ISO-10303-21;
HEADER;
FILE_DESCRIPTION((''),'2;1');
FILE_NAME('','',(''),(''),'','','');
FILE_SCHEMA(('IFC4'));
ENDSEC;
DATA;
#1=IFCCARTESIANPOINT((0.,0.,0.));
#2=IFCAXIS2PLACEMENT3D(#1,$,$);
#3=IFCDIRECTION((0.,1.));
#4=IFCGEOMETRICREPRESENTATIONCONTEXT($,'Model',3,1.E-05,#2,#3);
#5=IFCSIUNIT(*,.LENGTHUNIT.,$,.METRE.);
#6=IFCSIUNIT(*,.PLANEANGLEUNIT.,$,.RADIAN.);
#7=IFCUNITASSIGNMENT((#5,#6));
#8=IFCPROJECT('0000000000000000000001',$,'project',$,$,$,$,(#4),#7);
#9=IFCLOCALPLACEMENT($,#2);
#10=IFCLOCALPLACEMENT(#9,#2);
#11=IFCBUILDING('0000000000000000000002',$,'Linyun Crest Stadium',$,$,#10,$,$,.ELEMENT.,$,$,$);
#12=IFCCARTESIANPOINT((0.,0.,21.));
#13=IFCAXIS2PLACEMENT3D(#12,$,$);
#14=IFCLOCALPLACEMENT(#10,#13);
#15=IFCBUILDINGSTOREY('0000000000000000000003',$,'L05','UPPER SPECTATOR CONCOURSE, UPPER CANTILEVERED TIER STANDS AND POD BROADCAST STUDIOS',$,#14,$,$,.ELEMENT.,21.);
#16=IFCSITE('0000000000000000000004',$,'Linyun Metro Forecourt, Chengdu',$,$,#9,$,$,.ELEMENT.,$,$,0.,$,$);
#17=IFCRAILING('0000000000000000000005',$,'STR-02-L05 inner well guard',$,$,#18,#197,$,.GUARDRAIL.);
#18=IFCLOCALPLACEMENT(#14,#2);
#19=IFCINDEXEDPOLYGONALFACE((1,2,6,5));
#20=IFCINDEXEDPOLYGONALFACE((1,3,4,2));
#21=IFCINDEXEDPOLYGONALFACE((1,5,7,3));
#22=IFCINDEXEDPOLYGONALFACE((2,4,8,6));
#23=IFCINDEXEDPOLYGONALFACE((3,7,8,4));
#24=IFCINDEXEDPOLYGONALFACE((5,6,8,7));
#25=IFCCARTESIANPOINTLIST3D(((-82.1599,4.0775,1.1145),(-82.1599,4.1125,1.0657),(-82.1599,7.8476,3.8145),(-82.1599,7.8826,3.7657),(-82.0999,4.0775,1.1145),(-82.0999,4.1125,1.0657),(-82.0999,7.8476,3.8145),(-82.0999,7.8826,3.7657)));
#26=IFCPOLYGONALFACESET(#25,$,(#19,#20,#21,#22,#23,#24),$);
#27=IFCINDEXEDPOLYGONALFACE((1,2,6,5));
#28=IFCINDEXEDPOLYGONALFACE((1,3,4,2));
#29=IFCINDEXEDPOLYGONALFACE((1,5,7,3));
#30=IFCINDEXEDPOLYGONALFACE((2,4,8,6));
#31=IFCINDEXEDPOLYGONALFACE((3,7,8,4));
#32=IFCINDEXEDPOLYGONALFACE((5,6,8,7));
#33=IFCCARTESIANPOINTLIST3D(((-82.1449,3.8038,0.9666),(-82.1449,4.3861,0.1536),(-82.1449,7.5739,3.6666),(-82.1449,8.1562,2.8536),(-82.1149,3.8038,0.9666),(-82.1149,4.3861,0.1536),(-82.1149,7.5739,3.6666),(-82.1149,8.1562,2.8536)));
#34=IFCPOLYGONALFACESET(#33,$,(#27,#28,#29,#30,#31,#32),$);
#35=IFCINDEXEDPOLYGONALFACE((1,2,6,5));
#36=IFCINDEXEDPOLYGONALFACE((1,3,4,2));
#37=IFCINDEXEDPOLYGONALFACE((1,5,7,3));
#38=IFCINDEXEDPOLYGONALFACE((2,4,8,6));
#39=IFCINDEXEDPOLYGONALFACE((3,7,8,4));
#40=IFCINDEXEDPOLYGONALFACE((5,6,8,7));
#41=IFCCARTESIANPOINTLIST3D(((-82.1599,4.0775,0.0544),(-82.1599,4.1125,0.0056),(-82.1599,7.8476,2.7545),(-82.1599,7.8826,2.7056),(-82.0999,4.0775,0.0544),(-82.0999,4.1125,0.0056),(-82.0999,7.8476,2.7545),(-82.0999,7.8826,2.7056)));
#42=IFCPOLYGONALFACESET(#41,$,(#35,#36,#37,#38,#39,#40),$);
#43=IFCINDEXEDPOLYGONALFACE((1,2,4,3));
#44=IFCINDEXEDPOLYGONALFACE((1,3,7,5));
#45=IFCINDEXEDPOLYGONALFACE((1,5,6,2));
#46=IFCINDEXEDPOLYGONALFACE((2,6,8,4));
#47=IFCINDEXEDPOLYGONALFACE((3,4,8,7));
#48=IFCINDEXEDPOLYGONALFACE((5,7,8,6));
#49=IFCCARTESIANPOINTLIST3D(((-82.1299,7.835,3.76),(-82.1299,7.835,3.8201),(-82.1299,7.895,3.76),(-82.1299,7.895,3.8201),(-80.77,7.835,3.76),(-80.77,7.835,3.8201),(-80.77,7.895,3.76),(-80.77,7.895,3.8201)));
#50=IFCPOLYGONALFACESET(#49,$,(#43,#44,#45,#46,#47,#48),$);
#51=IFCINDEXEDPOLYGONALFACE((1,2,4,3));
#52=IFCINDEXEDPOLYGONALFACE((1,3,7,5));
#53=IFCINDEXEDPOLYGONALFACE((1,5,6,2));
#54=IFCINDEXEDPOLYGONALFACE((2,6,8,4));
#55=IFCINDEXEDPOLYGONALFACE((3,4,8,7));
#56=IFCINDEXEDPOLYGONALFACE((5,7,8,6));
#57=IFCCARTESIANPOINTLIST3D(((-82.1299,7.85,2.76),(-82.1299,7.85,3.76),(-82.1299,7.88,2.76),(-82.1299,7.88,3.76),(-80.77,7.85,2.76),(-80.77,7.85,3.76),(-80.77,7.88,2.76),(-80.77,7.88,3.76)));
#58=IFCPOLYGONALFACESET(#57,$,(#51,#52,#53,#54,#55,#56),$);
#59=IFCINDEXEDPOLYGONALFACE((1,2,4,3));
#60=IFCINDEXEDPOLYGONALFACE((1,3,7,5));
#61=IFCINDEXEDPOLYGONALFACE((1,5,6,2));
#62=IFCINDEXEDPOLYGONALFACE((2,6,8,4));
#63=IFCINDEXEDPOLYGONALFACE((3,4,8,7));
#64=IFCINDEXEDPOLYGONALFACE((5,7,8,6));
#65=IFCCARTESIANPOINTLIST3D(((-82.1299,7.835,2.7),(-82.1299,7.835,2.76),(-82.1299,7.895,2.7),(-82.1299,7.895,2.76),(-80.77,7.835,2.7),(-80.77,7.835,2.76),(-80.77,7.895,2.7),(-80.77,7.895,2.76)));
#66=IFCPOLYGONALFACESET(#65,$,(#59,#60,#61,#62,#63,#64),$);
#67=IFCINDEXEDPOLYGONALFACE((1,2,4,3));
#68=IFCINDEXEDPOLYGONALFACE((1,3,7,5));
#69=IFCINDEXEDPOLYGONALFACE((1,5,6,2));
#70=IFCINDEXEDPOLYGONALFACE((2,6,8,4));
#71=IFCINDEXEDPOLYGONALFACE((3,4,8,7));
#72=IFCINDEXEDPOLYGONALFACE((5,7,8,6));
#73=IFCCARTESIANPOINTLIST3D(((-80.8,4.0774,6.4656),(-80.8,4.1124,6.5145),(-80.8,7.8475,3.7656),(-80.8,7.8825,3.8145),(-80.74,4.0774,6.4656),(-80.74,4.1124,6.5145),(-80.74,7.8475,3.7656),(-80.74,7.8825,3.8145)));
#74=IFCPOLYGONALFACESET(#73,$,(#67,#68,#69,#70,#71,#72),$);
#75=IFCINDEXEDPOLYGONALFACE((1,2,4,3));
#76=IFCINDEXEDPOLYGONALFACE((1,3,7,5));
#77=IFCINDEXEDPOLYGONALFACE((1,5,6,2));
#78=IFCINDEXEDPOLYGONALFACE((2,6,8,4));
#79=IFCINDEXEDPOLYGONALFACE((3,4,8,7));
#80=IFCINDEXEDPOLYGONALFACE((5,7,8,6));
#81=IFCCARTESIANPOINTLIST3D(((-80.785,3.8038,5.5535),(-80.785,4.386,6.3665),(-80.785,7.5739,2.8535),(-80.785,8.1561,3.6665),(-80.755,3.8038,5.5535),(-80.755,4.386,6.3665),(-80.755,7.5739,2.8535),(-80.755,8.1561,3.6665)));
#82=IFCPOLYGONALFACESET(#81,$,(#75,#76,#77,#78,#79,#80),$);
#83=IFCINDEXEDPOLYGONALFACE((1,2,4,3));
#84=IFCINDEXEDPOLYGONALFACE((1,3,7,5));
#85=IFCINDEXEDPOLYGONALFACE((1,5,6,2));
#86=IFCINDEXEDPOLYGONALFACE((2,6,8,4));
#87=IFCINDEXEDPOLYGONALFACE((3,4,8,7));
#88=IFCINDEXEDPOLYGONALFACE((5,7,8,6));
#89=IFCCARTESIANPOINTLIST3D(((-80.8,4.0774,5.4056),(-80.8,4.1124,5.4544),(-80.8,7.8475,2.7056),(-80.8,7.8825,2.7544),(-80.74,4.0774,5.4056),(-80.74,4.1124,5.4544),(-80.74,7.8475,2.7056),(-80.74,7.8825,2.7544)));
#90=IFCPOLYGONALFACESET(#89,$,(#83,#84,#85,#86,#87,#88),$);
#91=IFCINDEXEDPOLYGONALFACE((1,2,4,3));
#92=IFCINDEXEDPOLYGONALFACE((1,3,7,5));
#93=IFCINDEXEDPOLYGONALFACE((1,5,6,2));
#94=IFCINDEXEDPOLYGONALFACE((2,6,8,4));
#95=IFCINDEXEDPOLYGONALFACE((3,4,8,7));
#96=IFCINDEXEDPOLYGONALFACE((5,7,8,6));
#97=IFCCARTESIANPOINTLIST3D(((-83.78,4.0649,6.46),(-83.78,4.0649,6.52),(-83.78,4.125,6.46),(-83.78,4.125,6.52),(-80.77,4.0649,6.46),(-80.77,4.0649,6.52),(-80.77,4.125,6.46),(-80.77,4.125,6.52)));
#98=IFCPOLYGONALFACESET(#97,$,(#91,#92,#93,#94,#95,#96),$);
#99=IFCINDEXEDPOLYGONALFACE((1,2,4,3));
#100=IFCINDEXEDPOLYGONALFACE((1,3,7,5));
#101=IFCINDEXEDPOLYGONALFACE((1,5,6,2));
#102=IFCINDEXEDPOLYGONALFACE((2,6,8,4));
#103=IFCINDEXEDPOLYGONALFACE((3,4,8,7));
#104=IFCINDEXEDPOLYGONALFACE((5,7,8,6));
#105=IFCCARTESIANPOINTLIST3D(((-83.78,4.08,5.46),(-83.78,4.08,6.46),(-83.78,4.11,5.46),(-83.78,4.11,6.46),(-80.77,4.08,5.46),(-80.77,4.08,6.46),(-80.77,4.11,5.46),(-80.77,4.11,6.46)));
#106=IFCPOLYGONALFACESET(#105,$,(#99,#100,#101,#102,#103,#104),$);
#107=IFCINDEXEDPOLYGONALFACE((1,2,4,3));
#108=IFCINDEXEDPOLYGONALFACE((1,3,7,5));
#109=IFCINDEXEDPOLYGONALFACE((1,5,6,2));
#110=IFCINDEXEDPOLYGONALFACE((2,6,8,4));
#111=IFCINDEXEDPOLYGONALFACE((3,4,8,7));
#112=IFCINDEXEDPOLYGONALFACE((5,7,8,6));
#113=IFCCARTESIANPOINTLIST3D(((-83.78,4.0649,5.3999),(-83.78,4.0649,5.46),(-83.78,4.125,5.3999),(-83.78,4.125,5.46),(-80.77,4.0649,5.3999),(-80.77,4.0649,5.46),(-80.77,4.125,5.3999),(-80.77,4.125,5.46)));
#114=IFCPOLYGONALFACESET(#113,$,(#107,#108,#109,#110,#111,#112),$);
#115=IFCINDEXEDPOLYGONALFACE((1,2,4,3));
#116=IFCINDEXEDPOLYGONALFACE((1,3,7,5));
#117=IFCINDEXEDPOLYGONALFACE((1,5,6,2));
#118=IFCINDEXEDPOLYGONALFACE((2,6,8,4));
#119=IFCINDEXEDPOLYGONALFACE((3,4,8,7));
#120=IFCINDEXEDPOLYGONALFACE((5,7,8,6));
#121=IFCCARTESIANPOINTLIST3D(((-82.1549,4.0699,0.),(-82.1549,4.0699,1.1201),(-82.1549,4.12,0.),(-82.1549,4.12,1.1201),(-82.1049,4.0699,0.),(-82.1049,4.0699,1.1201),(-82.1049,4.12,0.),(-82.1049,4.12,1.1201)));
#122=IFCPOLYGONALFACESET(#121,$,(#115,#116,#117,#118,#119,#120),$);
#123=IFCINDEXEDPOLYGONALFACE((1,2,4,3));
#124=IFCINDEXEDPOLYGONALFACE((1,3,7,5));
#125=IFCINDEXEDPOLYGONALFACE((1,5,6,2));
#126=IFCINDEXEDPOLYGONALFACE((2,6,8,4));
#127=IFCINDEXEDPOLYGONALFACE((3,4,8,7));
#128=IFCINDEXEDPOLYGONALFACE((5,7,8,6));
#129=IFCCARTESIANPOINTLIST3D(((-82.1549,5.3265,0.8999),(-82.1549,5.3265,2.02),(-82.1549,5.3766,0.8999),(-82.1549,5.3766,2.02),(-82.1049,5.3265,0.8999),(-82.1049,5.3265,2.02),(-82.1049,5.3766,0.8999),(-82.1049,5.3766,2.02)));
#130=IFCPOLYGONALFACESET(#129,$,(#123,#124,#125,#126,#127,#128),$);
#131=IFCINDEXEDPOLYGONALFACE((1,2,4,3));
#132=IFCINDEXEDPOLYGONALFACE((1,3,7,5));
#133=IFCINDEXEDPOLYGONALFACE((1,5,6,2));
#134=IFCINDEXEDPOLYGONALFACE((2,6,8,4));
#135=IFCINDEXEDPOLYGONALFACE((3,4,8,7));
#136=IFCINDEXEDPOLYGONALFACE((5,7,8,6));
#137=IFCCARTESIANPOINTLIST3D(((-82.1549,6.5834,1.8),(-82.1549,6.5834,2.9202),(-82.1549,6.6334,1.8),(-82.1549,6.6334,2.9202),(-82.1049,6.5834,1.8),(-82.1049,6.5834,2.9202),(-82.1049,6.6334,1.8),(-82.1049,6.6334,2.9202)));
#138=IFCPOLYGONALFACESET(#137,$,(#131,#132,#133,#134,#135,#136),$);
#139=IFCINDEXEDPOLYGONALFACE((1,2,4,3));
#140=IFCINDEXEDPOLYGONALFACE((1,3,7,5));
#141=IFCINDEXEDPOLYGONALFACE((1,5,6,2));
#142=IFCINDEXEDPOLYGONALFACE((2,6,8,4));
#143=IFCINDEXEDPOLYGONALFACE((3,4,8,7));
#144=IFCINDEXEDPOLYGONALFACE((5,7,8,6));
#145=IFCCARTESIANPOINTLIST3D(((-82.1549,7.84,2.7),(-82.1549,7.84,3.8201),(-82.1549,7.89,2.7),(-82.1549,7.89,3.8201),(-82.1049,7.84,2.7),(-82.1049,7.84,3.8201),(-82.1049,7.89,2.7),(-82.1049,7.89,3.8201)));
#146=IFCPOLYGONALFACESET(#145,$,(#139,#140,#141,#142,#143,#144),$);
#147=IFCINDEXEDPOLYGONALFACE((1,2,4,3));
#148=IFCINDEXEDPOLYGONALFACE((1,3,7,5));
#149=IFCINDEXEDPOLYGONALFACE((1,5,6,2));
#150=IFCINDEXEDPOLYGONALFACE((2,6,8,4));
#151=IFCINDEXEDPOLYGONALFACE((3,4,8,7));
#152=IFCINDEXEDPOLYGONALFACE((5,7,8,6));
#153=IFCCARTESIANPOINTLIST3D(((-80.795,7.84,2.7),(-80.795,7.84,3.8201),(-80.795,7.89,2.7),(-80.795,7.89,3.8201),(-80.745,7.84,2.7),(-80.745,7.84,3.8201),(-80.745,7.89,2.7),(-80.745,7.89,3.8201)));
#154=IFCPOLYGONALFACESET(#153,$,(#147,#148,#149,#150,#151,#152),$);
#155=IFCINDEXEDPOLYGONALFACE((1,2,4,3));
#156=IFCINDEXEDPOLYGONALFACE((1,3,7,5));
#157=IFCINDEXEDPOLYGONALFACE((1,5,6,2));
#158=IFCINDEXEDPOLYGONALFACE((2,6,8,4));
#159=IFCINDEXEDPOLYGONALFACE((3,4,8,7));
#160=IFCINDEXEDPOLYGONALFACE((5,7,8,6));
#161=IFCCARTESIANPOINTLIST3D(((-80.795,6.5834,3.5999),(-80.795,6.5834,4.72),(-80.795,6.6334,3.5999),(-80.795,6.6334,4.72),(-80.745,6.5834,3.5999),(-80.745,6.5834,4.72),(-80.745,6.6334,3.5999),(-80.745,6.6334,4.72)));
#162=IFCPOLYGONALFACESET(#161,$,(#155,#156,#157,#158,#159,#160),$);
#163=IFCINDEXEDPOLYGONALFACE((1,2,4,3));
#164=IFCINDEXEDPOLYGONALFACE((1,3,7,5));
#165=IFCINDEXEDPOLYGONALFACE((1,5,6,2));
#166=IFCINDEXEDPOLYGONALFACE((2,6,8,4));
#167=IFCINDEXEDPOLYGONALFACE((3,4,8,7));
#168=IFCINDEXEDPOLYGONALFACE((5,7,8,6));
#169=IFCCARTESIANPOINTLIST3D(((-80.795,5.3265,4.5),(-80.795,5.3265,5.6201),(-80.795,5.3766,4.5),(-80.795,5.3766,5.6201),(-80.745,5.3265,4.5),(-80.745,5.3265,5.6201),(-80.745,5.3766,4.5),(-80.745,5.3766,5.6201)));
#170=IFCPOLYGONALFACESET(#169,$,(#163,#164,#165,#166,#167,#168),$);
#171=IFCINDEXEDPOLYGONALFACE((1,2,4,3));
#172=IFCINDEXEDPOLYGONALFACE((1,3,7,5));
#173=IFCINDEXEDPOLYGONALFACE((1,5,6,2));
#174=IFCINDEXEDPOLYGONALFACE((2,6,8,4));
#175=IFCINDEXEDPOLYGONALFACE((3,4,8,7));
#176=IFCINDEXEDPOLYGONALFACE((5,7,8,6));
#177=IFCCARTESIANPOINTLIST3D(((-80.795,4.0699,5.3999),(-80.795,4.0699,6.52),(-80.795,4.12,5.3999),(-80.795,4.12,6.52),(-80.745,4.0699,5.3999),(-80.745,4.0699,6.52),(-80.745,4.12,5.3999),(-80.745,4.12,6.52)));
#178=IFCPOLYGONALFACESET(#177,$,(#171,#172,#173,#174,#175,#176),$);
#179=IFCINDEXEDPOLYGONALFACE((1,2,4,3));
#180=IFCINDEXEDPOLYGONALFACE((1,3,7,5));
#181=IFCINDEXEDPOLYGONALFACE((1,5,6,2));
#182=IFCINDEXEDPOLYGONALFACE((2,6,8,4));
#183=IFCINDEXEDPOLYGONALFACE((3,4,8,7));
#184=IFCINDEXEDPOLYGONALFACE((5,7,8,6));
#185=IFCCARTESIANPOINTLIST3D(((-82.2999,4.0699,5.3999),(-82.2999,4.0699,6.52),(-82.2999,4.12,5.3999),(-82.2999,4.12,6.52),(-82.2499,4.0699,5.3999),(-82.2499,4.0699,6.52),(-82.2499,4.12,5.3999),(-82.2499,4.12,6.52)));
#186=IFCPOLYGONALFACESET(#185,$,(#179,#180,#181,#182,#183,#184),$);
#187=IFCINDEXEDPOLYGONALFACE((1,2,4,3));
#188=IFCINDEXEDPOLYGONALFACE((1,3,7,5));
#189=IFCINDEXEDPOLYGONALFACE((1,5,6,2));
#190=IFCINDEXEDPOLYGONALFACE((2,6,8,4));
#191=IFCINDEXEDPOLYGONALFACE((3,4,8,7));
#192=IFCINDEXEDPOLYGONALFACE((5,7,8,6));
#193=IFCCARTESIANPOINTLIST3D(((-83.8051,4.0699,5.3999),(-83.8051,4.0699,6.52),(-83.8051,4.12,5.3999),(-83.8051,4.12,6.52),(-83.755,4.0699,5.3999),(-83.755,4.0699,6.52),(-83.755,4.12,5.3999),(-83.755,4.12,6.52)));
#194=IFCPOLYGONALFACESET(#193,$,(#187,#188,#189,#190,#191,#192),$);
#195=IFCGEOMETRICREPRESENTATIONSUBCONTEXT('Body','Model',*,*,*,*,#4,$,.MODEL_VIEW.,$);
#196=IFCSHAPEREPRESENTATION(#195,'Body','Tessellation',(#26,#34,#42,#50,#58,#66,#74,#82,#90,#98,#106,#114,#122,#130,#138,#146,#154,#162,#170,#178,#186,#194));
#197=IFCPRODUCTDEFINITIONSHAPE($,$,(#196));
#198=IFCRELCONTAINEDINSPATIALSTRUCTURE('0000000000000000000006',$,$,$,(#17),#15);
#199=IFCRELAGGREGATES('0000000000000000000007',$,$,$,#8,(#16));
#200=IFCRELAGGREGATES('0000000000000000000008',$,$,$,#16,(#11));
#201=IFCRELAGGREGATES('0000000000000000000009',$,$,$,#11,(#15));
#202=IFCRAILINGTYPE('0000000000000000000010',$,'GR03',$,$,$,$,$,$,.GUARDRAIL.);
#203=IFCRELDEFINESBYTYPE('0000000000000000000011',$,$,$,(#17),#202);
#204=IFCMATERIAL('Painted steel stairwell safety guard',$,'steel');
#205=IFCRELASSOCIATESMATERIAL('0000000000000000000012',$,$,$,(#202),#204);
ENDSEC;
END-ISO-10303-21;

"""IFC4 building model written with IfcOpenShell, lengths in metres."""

from ifc_helpers import new_model, si_unit, direction, frame, origin, origin_2d, place, context, subcontext, project, spatial, rectangle, extrude, material, type_object, element, save


model = new_model("IFC4")

# Units and contexts
model_context = context("Model", 3, precision=1e-05, world=origin(), true_north=direction((0.0, 1.0)))
body_context = subcontext(model_context, "Body", "Model", "MODEL_VIEW")
ifc_project = project(units=[si_unit("LENGTHUNIT", "METRE"), si_unit("PLANEANGLEUNIT", "RADIAN")], contexts=[model_context])

# Site, building, storey
site_placement = place(None, origin())
site = spatial("IfcSite", under=ifc_project, at=site_placement, Name="Linyun Metro Forecourt, Chengdu", CompositionType="ELEMENT", RefElevation=0.0)
building_placement = place(site_placement, origin())
building = spatial("IfcBuilding", under=site, at=building_placement, Name="Linyun Crest Stadium", CompositionType="ELEMENT")
storey_placement = place(building_placement, frame((0.0, 0.0, 21.0)))
storey = spatial("IfcBuildingStorey", under=building, at=storey_placement, Name="L05", Description="UPPER SPECTATOR CONCOURSE, UPPER CANTILEVERED TIER STANDS AND POD BROADCAST STUDIOS", CompositionType="ELEMENT", Elevation=21.0)

# Railing
ifc_material_1 = material(Name="Painted steel stairwell safety guard", Category="steel")
railing_type_1 = type_object("IfcRailingType", Name="GR03", PredefinedType="GUARDRAIL", material=ifc_material_1)
railing_1_placement = place(storey_placement, frame((-82.1299, 4.095, 0.0)))
element("IfcRailing", 1, at=railing_1_placement, inside=storey, type_object=railing_type_1, Name="STR-02-L05 inner well guard", PredefinedType="GUARDRAIL", context=body_context, shape_type="SweptSolid", body=[
    extrude(rectangle(XDim=0.0601, YDim=0.0601, at=origin_2d()), frame((0.0, 0.0, 1.0901), z_axis=(0.0, 0.813011, 0.582249), x_axis=(-1.0, 0.0, 0.0)), (0.0, 0.0, 1.0), 4.6372),
    extrude(rectangle(XDim=0.03, YDim=1.0, at=origin_2d()), frame((0.0, 0.0, 0.5601), z_axis=(0.0, 0.813011, 0.582249), x_axis=(-1.0, 0.0, 0.0)), (0.0, 0.0, 1.0), 4.6372),
    extrude(rectangle(XDim=0.0601, YDim=0.0601, at=origin_2d()), frame((0.0, 0.0, 0.03), z_axis=(0.0, 0.813011, 0.582249), x_axis=(-1.0, 0.0, 0.0)), (0.0, 0.0, 1.0), 4.6372),
    extrude(rectangle(XDim=0.0601, YDim=0.0601, at=origin_2d()), frame((0.0, 3.77, 3.79), z_axis=(1.0, 0.0, 0.0), x_axis=(0.0, 1.0, 0.0)), (0.0, 0.0, 1.0), 1.3599),
    extrude(rectangle(XDim=0.03, YDim=1.0, at=origin_2d()), frame((0.0, 3.77, 3.26), z_axis=(1.0, 0.0, 0.0), x_axis=(0.0, 1.0, 0.0)), (0.0, 0.0, 1.0), 1.3599),
    extrude(rectangle(XDim=0.0601, YDim=0.0601, at=origin_2d()), frame((0.0, 3.77, 2.73), z_axis=(1.0, 0.0, 0.0), x_axis=(0.0, 1.0, 0.0)), (0.0, 0.0, 1.0), 1.3599),
    extrude(rectangle(XDim=0.0601, YDim=0.0601, at=origin_2d()), frame((1.3599, 3.77, 3.79), z_axis=(0.0, -0.813011, 0.582249), x_axis=(1.0, 0.0, 0.0)), (0.0, 0.0, 1.0), 4.6372),
    extrude(rectangle(XDim=0.03, YDim=1.0, at=origin_2d()), frame((1.3599, 3.77, 3.26), z_axis=(0.0, -0.813011, 0.582249), x_axis=(1.0, 0.0, 0.0)), (0.0, 0.0, 1.0), 4.6372),
    extrude(rectangle(XDim=0.0601, YDim=0.0601, at=origin_2d()), frame((1.3599, 3.77, 2.73), z_axis=(0.0, -0.813011, 0.582249), x_axis=(1.0, 0.0, 0.0)), (0.0, 0.0, 1.0), 4.6372),
    extrude(rectangle(XDim=0.0601, YDim=0.0601, at=origin_2d()), frame((1.3599, 0.0, 6.49), z_axis=(-1.0, 0.0, 0.0), x_axis=(0.0, -1.0, 0.0)), (0.0, 0.0, 1.0), 3.01),
    extrude(rectangle(XDim=0.03, YDim=1.0, at=origin_2d()), frame((1.3599, 0.0, 5.96), z_axis=(-1.0, 0.0, 0.0), x_axis=(0.0, -1.0, 0.0)), (0.0, 0.0, 1.0), 3.01),
    extrude(rectangle(XDim=0.0601, YDim=0.0601, at=origin_2d()), frame((1.3599, 0.0, 5.4299), z_axis=(-1.0, 0.0, 0.0), x_axis=(0.0, -1.0, 0.0)), (0.0, 0.0, 1.0), 3.01),
    extrude(rectangle(XDim=0.05, YDim=0.05, at=origin_2d()), origin(), (0.0, 0.0, 1.0), 1.1201),
    extrude(rectangle(XDim=0.05, YDim=0.05, at=origin_2d()), frame((0.0, 1.2566, 0.8999)), (0.0, 0.0, 1.0), 1.1201),
    extrude(rectangle(XDim=0.05, YDim=0.05, at=origin_2d()), frame((0.0, 2.5134, 1.8)), (0.0, 0.0, 1.0), 1.1201),
    extrude(rectangle(XDim=0.05, YDim=0.05, at=origin_2d()), frame((0.0, 3.77, 2.7)), (0.0, 0.0, 1.0), 1.1201),
    extrude(rectangle(XDim=0.05, YDim=0.05, at=origin_2d()), frame((1.3599, 3.77, 2.7)), (0.0, 0.0, 1.0), 1.1201),
    extrude(rectangle(XDim=0.05, YDim=0.05, at=origin_2d()), frame((1.3599, 2.5134, 3.5999)), (0.0, 0.0, 1.0), 1.1201),
    extrude(rectangle(XDim=0.05, YDim=0.05, at=origin_2d()), frame((1.3599, 1.2566, 4.5)), (0.0, 0.0, 1.0), 1.1201),
    extrude(rectangle(XDim=0.05, YDim=0.05, at=origin_2d()), frame((1.3599, 0.0, 5.3999)), (0.0, 0.0, 1.0), 1.1201),
    extrude(rectangle(XDim=0.05, YDim=0.05, at=origin_2d()), frame((-0.145, 0.0, 5.3999)), (0.0, 0.0, 1.0), 1.1201),
    extrude(rectangle(XDim=0.05, YDim=0.05, at=origin_2d()), frame((-1.6501, 0.0, 5.3999)), (0.0, 0.0, 1.0), 1.1201),
])

save(model, "model.ifc")
